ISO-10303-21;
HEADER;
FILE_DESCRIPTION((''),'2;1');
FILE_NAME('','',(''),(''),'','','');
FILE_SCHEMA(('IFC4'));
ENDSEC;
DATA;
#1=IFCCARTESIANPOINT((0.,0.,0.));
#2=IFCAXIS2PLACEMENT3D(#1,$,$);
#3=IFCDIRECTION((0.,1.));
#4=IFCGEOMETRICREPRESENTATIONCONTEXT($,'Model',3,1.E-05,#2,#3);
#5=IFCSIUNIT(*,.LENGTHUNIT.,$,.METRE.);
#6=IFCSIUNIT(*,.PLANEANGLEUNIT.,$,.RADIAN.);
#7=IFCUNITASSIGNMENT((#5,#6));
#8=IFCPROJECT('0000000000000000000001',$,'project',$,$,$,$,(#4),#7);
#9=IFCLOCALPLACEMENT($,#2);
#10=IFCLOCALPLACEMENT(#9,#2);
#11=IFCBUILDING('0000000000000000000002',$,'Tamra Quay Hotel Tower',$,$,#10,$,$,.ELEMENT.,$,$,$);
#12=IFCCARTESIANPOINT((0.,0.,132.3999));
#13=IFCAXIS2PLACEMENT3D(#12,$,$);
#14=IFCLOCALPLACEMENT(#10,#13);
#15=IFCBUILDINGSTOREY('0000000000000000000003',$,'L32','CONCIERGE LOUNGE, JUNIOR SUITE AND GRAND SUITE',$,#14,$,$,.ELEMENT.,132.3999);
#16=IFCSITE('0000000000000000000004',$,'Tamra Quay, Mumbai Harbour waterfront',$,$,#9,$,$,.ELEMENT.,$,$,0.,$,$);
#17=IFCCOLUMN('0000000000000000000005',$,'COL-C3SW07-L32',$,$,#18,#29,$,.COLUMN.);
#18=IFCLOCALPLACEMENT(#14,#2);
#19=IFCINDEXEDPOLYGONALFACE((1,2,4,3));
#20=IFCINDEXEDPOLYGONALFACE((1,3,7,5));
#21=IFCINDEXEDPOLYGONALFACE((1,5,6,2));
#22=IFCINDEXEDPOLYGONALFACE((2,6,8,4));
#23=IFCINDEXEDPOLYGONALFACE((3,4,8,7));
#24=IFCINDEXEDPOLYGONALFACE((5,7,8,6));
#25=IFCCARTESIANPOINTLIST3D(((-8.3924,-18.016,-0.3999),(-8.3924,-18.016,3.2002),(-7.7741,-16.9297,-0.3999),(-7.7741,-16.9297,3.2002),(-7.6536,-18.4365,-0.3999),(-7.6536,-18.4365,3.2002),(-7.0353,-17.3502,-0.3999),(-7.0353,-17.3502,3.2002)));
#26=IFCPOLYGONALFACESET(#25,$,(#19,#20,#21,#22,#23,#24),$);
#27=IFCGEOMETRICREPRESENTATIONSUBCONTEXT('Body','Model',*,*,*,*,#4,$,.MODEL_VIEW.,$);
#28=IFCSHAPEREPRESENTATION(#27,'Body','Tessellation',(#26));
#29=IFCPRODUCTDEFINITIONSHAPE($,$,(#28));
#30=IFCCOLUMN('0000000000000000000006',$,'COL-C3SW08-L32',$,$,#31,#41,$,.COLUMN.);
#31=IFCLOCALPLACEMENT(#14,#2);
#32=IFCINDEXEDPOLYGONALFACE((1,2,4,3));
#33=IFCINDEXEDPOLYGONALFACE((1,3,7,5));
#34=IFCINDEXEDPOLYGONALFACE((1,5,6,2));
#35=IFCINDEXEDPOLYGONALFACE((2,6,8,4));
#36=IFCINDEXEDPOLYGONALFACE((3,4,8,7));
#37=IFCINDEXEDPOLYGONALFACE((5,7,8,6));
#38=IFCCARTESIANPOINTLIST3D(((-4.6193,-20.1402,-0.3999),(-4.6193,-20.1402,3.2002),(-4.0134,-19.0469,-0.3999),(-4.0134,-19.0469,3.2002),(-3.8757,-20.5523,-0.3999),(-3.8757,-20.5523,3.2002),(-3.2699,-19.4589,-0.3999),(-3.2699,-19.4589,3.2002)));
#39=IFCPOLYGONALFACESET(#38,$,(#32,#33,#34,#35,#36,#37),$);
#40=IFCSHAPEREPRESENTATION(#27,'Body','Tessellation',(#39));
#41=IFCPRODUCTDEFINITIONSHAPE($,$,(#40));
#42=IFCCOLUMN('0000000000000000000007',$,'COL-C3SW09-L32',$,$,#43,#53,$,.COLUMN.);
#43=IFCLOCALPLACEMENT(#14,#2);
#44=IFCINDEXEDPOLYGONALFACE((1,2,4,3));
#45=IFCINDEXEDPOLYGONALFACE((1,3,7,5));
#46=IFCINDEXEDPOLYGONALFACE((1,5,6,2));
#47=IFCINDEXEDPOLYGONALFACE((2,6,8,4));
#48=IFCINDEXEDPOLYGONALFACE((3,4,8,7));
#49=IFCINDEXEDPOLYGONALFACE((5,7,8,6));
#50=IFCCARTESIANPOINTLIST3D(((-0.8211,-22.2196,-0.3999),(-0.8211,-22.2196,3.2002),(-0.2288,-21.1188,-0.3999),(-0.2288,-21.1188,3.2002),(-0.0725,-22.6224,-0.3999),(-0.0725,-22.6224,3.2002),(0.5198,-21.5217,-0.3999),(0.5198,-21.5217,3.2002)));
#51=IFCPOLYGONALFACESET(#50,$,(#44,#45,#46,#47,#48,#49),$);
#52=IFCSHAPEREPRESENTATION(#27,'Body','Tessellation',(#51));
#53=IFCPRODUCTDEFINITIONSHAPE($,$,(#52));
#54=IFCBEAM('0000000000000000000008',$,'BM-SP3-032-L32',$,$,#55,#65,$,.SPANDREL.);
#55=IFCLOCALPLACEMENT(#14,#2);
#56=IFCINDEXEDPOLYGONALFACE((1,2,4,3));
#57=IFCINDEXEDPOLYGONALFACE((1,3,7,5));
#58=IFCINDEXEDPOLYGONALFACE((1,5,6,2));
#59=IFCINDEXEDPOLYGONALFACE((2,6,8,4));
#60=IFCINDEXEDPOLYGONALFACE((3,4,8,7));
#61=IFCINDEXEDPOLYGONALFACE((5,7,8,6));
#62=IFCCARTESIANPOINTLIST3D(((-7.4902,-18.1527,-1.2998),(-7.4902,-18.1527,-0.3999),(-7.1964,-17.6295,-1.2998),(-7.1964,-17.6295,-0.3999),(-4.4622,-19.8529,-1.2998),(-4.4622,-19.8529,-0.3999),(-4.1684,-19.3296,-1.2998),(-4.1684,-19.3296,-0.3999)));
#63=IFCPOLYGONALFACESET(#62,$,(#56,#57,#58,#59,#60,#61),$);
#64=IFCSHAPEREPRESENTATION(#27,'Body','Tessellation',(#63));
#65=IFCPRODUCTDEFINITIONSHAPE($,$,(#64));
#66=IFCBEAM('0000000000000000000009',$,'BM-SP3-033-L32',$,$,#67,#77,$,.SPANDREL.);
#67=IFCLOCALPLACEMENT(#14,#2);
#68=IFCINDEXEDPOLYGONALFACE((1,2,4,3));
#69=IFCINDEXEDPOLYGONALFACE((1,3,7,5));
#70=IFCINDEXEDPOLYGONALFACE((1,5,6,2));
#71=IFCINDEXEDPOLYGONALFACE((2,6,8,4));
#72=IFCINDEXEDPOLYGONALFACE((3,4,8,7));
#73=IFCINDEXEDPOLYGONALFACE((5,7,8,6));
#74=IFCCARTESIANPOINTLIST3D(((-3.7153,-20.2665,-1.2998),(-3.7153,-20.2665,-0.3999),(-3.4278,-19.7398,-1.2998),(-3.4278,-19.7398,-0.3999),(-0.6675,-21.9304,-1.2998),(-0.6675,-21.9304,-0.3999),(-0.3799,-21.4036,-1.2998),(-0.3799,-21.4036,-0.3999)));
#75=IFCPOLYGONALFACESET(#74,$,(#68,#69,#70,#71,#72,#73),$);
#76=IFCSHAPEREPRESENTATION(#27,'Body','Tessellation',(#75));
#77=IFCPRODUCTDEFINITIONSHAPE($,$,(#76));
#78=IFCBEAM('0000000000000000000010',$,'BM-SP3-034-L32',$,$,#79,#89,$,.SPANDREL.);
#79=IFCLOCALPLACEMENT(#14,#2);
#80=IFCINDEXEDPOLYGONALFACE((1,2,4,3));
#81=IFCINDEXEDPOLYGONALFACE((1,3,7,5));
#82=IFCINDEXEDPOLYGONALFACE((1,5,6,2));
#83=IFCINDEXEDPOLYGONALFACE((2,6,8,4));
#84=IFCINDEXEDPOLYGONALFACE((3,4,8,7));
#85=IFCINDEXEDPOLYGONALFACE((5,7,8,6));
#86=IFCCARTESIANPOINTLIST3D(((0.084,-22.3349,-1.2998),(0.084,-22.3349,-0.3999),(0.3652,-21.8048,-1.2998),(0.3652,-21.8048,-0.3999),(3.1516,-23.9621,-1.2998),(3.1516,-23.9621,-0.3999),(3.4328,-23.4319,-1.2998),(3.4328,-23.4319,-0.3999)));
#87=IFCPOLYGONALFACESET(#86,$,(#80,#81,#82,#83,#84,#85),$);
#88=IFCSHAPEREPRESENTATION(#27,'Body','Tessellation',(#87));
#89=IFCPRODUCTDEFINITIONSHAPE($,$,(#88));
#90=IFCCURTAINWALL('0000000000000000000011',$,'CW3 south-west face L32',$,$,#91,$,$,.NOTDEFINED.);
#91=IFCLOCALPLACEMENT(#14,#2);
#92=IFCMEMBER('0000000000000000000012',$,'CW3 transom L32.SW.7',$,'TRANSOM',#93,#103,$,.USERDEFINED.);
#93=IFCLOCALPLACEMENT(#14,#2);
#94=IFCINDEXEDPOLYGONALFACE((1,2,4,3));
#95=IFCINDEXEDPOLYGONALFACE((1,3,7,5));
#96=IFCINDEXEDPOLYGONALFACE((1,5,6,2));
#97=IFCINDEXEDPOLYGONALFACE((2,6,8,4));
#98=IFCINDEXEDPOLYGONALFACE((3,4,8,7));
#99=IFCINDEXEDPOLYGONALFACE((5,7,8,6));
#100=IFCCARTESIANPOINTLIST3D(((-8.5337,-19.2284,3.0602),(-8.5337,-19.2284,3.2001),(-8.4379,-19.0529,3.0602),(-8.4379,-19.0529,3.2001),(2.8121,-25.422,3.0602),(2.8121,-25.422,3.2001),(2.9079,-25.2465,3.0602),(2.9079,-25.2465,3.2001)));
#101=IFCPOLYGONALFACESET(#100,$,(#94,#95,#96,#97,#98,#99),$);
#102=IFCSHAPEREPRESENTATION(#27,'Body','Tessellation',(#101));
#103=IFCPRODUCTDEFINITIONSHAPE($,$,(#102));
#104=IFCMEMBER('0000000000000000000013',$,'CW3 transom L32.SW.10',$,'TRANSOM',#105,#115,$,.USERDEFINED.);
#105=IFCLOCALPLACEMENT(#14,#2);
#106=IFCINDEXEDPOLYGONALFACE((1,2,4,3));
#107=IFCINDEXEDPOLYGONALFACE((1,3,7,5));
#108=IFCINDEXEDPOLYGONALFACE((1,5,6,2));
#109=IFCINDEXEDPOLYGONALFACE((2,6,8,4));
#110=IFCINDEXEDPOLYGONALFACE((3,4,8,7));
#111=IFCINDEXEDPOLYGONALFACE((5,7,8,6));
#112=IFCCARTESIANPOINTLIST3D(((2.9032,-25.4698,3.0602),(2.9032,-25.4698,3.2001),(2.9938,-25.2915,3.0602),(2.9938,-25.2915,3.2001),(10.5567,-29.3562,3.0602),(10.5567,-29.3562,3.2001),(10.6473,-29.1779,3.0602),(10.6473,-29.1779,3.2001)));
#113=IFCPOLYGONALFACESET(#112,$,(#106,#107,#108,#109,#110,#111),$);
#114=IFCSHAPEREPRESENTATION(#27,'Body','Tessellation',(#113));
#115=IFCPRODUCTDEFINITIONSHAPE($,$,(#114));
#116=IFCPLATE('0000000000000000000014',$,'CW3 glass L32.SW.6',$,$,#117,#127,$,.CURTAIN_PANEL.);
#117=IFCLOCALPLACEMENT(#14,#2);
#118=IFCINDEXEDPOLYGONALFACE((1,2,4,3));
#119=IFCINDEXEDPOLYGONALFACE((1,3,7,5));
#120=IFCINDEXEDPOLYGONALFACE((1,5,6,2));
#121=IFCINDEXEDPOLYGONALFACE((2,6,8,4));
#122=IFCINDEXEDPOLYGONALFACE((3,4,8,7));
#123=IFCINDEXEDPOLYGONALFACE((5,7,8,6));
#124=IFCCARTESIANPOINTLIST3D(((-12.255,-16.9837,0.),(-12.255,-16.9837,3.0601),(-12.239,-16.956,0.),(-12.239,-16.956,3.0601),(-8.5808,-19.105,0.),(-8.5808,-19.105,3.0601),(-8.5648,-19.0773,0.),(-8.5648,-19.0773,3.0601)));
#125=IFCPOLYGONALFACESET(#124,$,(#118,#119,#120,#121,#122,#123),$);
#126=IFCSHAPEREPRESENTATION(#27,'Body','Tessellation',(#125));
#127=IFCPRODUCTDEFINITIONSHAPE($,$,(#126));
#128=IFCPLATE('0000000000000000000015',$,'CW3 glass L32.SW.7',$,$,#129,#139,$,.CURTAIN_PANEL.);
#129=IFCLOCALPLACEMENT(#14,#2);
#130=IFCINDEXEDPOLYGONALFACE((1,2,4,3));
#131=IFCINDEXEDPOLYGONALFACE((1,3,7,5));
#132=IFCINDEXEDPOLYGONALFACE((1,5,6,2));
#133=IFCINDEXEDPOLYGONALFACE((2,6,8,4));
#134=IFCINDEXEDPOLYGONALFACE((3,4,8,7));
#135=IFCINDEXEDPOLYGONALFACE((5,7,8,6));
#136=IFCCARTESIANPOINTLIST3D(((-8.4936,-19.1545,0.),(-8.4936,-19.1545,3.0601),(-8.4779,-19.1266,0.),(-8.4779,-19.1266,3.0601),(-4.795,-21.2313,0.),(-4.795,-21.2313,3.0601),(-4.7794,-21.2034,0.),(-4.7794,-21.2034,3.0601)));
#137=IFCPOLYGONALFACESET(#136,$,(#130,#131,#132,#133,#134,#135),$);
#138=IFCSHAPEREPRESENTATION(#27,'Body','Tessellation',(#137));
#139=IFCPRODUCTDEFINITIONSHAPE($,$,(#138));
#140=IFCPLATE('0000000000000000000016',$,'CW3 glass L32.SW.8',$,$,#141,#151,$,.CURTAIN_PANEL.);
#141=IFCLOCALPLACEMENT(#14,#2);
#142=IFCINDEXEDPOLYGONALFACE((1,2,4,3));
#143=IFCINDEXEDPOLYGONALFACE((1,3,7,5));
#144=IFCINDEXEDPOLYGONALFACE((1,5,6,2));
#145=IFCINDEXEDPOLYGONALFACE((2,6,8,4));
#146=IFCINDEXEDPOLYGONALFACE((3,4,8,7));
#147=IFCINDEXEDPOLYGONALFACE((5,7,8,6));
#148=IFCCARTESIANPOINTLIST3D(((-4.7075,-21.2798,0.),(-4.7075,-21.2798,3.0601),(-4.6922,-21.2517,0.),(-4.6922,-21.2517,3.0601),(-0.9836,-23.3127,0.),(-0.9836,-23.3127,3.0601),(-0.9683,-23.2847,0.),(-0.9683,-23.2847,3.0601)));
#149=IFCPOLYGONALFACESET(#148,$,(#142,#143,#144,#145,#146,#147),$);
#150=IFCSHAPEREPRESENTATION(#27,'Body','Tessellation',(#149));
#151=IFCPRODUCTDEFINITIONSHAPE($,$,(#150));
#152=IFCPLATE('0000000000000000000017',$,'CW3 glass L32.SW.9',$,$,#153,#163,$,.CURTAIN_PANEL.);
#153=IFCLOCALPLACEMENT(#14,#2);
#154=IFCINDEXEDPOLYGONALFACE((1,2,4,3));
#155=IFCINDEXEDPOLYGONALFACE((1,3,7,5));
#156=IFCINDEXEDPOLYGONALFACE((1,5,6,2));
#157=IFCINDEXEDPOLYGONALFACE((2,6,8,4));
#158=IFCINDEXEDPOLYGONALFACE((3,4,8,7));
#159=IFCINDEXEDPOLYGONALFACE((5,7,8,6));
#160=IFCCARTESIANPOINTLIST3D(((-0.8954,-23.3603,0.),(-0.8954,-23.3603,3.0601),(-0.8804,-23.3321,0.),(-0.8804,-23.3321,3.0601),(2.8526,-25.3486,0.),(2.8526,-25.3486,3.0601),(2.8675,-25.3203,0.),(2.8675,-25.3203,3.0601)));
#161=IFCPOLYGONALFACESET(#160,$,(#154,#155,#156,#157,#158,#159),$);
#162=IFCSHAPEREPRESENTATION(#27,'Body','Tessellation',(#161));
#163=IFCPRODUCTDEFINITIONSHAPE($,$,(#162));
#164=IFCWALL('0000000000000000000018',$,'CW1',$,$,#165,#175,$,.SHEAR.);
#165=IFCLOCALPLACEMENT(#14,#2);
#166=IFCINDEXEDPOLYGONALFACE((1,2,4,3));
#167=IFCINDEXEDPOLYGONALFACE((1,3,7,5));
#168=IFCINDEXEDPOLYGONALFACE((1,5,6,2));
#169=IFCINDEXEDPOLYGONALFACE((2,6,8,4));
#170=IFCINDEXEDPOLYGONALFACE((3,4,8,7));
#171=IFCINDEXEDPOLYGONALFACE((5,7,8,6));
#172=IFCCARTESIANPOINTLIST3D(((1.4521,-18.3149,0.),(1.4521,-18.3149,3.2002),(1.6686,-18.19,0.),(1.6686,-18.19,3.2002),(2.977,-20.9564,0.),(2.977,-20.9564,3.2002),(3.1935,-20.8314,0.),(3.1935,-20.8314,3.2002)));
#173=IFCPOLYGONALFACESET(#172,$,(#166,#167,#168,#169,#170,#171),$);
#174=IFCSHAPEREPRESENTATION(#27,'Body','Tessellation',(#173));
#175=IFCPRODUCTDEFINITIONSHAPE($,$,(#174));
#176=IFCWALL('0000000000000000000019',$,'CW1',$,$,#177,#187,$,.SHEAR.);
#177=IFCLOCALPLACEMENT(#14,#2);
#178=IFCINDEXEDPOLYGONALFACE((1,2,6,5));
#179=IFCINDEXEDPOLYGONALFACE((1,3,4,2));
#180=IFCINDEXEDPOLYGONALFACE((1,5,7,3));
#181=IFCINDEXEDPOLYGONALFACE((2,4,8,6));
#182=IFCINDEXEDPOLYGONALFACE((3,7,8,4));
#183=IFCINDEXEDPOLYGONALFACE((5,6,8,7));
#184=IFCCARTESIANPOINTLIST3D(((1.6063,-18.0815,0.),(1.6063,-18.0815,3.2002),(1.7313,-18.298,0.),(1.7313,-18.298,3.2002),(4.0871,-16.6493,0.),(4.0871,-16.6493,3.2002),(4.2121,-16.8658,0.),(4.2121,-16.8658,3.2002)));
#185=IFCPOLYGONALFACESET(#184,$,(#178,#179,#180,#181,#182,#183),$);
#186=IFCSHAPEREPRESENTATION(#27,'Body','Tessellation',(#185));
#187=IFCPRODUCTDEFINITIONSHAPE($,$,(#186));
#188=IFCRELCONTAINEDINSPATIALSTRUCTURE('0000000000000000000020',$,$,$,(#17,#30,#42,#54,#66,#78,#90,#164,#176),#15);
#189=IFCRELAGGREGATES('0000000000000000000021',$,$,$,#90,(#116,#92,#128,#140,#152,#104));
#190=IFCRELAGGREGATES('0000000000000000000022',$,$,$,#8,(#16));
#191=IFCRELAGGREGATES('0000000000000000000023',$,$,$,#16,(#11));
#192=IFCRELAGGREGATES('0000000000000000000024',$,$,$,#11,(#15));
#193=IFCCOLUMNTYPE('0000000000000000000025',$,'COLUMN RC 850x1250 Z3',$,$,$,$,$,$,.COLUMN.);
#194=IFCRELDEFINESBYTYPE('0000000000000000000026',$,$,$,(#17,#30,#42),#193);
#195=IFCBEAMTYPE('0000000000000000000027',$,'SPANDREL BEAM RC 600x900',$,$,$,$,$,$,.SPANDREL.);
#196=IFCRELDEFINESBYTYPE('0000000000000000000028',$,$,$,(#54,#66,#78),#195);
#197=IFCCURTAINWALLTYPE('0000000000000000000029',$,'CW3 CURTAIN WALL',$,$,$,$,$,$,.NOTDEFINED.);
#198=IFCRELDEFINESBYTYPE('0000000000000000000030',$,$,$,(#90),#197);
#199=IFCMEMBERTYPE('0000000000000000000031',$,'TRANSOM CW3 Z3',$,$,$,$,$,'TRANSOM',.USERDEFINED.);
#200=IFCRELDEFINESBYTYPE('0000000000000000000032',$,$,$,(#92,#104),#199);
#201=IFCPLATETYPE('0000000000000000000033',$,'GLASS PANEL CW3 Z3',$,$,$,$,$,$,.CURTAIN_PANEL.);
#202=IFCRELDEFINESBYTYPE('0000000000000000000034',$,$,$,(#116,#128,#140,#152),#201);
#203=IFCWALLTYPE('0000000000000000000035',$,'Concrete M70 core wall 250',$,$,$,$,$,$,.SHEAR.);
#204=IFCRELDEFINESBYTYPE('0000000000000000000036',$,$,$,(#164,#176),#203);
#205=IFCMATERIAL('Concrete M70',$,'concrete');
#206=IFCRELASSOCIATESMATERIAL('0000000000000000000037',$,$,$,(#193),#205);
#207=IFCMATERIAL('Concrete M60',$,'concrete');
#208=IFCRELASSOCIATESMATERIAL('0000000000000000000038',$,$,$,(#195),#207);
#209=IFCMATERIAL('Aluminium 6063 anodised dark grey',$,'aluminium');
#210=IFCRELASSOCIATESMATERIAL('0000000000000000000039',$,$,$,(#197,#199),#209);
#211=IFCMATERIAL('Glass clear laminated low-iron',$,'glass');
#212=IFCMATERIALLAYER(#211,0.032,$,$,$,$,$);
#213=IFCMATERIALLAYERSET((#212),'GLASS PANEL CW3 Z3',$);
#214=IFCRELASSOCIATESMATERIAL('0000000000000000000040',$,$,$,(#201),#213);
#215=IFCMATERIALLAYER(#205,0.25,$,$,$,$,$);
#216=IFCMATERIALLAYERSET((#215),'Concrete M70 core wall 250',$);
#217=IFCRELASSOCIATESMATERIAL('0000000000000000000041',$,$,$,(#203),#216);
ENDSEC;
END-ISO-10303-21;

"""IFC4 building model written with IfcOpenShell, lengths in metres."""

from ifc_helpers import new_model, si_unit, direction, frame, frame_2d, origin, origin_2d, place, context, subcontext, project, spatial, rectangle, extrude, material, layer, layer_set, material_profile, profile_set, type_object, element, aggregate, save


model = new_model("IFC4")

# Units and contexts
model_context = context("Model", 3, precision=1e-05, world=origin(), true_north=direction((0.0, 1.0)))
body_context = subcontext(model_context, "Body", "Model", "MODEL_VIEW")
ifc_project = project(units=[si_unit("LENGTHUNIT", "METRE"), si_unit("PLANEANGLEUNIT", "RADIAN")], contexts=[model_context])

# Site, building, storey
site_placement = place(None, origin())
site = spatial("IfcSite", under=ifc_project, at=site_placement, Name="Tamra Quay, Mumbai Harbour waterfront", CompositionType="ELEMENT", RefElevation=0.0)
building_placement = place(site_placement, origin())
building = spatial("IfcBuilding", under=site, at=building_placement, Name="Tamra Quay Hotel Tower", CompositionType="ELEMENT")
storey_placement = place(building_placement, frame((0.0, 0.0, 132.3999)))
storey = spatial("IfcBuildingStorey", under=building, at=storey_placement, Name="L32", Description="CONCIERGE LOUNGE, JUNIOR SUITE AND GRAND SUITE", CompositionType="ELEMENT", Elevation=132.3999)

# Columns
ifc_material_1 = material(Name="Concrete M70", Category="concrete")
ifc_material_profile_1 = material_profile(ifc_material_1, rectangle(XDim=1.25, YDim=0.8501, at=origin_2d()), Name="COLUMN RC 850x1250 Z3")
ifc_profile_set_1 = profile_set([ifc_material_profile_1], Name="Concrete M70")
column_type = type_object("IfcColumnType", Name="COLUMN RC 850x1250 Z3", PredefinedType="COLUMN", material=ifc_profile_set_1)
for number, where, z_axis, x_axis, name in (
    (1, (-7.7139, -17.6831, -0.3999), (0.0, 0.0, 1.0), (0.494656, 0.869089, 0.0), "COL-C3SW07-L32"),
    (2, (-3.9446, -19.7996, -0.3999), (0.0, 0.0, 1.0), (0.484683, 0.87469, 0.0), "COL-C3SW08-L32"),
    (3, (-0.1506, -21.8706, -0.3999), (0.0, 0.0, 1.0), (0.473876, 0.880592, 0.0), "COL-C3SW09-L32"),
):
    element("IfcColumn", number, at=place(storey_placement, frame(where, z_axis=z_axis, x_axis=x_axis)), inside=storey, type_object=column_type, Name=name, PredefinedType="COLUMN", context=body_context, shape_type="SweptSolid", body=[
        extrude(rectangle(XDim=1.25, YDim=0.8501, at=origin_2d()), origin(), (0.0, 0.0, 1.0), 3.6001),
    ])

# Beams
ifc_material_2 = material(Name="Concrete M60", Category="concrete")
ifc_material_profile_2 = material_profile(ifc_material_2, rectangle(XDim=0.6001, YDim=0.8999, at=origin_2d()), Name="SPANDREL BEAM RC 600x900")
ifc_profile_set_2 = profile_set([ifc_material_profile_2], Name="Concrete M60")
beam_type = type_object("IfcBeamType", Name="SPANDREL BEAM RC 600x900", PredefinedType="SPANDREL", material=ifc_profile_set_2)
beam_placement = place(storey_placement, frame((-7.3433, -17.8911, -0.8499), z_axis=(0.871956, -0.489584, 0.0), x_axis=(0.489584, 0.871956, 0.0)))
element("IfcBeam", 4, at=beam_placement, inside=storey, type_object=beam_type, Name="BM-SP3-032-L32", PredefinedType="SPANDREL", context=body_context, shape_type="SweptSolid", body=[
    extrude(rectangle(XDim=0.6001, YDim=0.8999, at=origin_2d()), origin(), (0.0, 0.0, 1.0), 3.4727),
])
for number, where, z_axis, x_axis, name in (
    (5, (-3.5715, -20.0032, -0.8499), (0.877732, -0.479153, 0.0), (0.479153, 0.877732, 0.0), "BM-SP3-033-L32"),
    (6, (0.2246, -22.0698, -0.8499), (0.883411, -0.468598, 0.0), (0.468598, 0.883411, 0.0), "BM-SP3-034-L32"),
):
    element("IfcBeam", number, at=place(storey_placement, frame(where, z_axis=z_axis, x_axis=x_axis)), inside=storey, type_object=beam_type, Name=name, PredefinedType="SPANDREL", context=body_context, shape_type="SweptSolid", body=[
        extrude(rectangle(XDim=0.6001, YDim=0.8999, at=origin_2d()), origin(), (0.0, 0.0, 1.0), 3.4724),
    ])

# Curtain wall, members, plates
ifc_material_3 = material(Name="Aluminium 6063 anodised dark grey", Category="aluminium")
curtain_wall_type = type_object("IfcCurtainWallType", Name="CW3 CURTAIN WALL", PredefinedType="NOTDEFINED", material=ifc_material_3)
curtain_wall_placement = place(storey_placement, origin())
curtain_wall = element("IfcCurtainWall", 7, at=curtain_wall_placement, inside=storey, type_object=curtain_wall_type, Name="CW3 south-west face L32", PredefinedType="NOTDEFINED")
ifc_material_profile_3 = material_profile(ifc_material_3, rectangle(XDim=0.2, YDim=0.1399, at=origin_2d()), Name="TRANSOM 200X140")
ifc_profile_set_3 = profile_set([ifc_material_profile_3], Name="Aluminium 6063 anodised dark grey")
member_type = type_object("IfcMemberType", Name="TRANSOM CW3 Z3", ElementType="TRANSOM", PredefinedType="USERDEFINED", material=ifc_profile_set_3)
member_1_placement = place(storey_placement, frame((-8.4858, -19.1406, 3.1301), z_axis=(0.877732, -0.479152, 0.0), x_axis=(0.479152, 0.877732, 0.0)))
member_1 = element("IfcMember", 8, at=member_1_placement, type_object=member_type, Name="CW3 transom L32.SW.7", ObjectType="TRANSOM", PredefinedType="USERDEFINED", context=body_context, shape_type="SweptSolid", body=[
    extrude(rectangle(XDim=0.2, YDim=0.1399, at=origin_2d()), origin(), (0.0, 0.0, 1.0), 12.9263),
])
member_2_placement = place(storey_placement, frame((2.9485, -25.3806, 3.1301), z_axis=(0.891628, -0.452768, 0.0), x_axis=(0.452768, 0.891628, 0.0)))
member_2 = element("IfcMember", 9, at=member_2_placement, type_object=member_type, Name="CW3 transom L32.SW.10", ObjectType="TRANSOM", PredefinedType="USERDEFINED", context=body_context, shape_type="SweptSolid", body=[
    extrude(rectangle(XDim=0.2, YDim=0.1399, at=origin_2d()), origin(), (0.0, 0.0, 1.0), 8.5837),
])
ifc_material_4 = material(Name="Glass clear laminated low-iron", Category="glass")
ifc_layer_1 = layer(ifc_material_4, 0.032)
ifc_layer_set_1 = layer_set([ifc_layer_1], Name="GLASS PANEL CW3 Z3")
plate_type = type_object("IfcPlateType", Name="GLASS PANEL CW3 Z3", PredefinedType="CURTAIN_PANEL", material=ifc_layer_set_1)
plate_1_placement = place(storey_placement, frame((-10.4099, -18.0305, 0.0), z_axis=(0.0, 0.0, 1.0), x_axis=(0.866025, -0.5, 0.0)))
plate_1 = element("IfcPlate", 10, at=plate_1_placement, type_object=plate_type, Name="CW3 glass L32.SW.6", PredefinedType="CURTAIN_PANEL", context=body_context, shape_type="SweptSolid", body=[
    extrude(rectangle(XDim=4.2427, YDim=0.032, at=origin_2d()), origin(), (0.0, 0.0, 1.0), 3.0601),
])
plate_2_placement = place(storey_placement, frame((-6.6365, -20.179, 0.0), z_axis=(0.0, 0.0, 1.0), x_axis=(0.871942, -0.489609, 0.0)))
plate_2 = element("IfcPlate", 11, at=plate_2_placement, type_object=plate_type, Name="CW3 glass L32.SW.7", PredefinedType="CURTAIN_PANEL", context=body_context, shape_type="SweptSolid", body=[
    extrude(rectangle(XDim=4.2417, YDim=0.032, at=origin_2d()), origin(), (0.0, 0.0, 1.0), 3.0601),
])
plate_3_placement = place(storey_placement, frame((-2.8379, -22.2822, 0.0), z_axis=(0.0, 0.0, 1.0), x_axis=(0.877726, -0.479163, 0.0)))
plate_3 = element("IfcPlate", 12, at=plate_3_placement, type_object=plate_type, Name="CW3 glass L32.SW.8", PredefinedType="CURTAIN_PANEL", context=body_context, shape_type="SweptSolid", body=[
    extrude(rectangle(XDim=4.2427, YDim=0.032, at=origin_2d()), origin(), (0.0, 0.0, 1.0), 3.0601),
])
plate_4_placement = place(storey_placement, frame((0.9861, -24.3403, 0.0), z_axis=(0.0, 0.0, 1.0), x_axis=(0.883391, -0.468636, 0.0)))
plate_4 = element("IfcPlate", 13, at=plate_4_placement, type_object=plate_type, Name="CW3 glass L32.SW.9", PredefinedType="CURTAIN_PANEL", context=body_context, shape_type="SweptSolid", body=[
    extrude(rectangle(XDim=4.2427, YDim=0.032, at=origin_2d()), origin(), (0.0, 0.0, 1.0), 3.0601),
])
aggregate(curtain_wall, [plate_1, member_1, plate_2, plate_3, plate_4, member_2])

# Walls
ifc_layer_2 = layer(ifc_material_1, 0.25)
ifc_layer_set_2 = layer_set([ifc_layer_2], Name="Concrete M70 core wall 250")
wall_type_1 = type_object("IfcWallType", Name="Concrete M70 core wall 250", PredefinedType="SHEAR", material=ifc_layer_set_2)
wall_1_placement = place(storey_placement, frame((3.0852, -20.8938, 0.0), z_axis=(0.0, 0.0, 1.0), x_axis=(-0.499979, 0.866038, 0.0)))
element("IfcWall", 14, at=wall_1_placement, inside=storey, type_object=wall_type_1, Name="CW1", PredefinedType="SHEAR", context=body_context, shape_type="SweptSolid", body=[
    extrude(rectangle(XDim=3.05, YDim=0.25, at=frame_2d((1.5249, 0.0))), origin(), (0.0, 0.0, 1.0), 3.2002),
])
wall_2_placement = place(storey_placement, frame((1.6689, -18.1897, 0.0), z_axis=(0.0, 0.0, 1.0), x_axis=(0.866042, 0.499971, 0.0)))
element("IfcWall", 15, at=wall_2_placement, inside=storey, type_object=wall_type_1, Name="CW1", PredefinedType="SHEAR", context=body_context, shape_type="SweptSolid", body=[
    extrude(rectangle(XDim=2.8645, YDim=0.25, at=frame_2d((1.4321, 0.0))), origin(), (0.0, 0.0, 1.0), 3.2002),
])

save(model, "model.ifc")
